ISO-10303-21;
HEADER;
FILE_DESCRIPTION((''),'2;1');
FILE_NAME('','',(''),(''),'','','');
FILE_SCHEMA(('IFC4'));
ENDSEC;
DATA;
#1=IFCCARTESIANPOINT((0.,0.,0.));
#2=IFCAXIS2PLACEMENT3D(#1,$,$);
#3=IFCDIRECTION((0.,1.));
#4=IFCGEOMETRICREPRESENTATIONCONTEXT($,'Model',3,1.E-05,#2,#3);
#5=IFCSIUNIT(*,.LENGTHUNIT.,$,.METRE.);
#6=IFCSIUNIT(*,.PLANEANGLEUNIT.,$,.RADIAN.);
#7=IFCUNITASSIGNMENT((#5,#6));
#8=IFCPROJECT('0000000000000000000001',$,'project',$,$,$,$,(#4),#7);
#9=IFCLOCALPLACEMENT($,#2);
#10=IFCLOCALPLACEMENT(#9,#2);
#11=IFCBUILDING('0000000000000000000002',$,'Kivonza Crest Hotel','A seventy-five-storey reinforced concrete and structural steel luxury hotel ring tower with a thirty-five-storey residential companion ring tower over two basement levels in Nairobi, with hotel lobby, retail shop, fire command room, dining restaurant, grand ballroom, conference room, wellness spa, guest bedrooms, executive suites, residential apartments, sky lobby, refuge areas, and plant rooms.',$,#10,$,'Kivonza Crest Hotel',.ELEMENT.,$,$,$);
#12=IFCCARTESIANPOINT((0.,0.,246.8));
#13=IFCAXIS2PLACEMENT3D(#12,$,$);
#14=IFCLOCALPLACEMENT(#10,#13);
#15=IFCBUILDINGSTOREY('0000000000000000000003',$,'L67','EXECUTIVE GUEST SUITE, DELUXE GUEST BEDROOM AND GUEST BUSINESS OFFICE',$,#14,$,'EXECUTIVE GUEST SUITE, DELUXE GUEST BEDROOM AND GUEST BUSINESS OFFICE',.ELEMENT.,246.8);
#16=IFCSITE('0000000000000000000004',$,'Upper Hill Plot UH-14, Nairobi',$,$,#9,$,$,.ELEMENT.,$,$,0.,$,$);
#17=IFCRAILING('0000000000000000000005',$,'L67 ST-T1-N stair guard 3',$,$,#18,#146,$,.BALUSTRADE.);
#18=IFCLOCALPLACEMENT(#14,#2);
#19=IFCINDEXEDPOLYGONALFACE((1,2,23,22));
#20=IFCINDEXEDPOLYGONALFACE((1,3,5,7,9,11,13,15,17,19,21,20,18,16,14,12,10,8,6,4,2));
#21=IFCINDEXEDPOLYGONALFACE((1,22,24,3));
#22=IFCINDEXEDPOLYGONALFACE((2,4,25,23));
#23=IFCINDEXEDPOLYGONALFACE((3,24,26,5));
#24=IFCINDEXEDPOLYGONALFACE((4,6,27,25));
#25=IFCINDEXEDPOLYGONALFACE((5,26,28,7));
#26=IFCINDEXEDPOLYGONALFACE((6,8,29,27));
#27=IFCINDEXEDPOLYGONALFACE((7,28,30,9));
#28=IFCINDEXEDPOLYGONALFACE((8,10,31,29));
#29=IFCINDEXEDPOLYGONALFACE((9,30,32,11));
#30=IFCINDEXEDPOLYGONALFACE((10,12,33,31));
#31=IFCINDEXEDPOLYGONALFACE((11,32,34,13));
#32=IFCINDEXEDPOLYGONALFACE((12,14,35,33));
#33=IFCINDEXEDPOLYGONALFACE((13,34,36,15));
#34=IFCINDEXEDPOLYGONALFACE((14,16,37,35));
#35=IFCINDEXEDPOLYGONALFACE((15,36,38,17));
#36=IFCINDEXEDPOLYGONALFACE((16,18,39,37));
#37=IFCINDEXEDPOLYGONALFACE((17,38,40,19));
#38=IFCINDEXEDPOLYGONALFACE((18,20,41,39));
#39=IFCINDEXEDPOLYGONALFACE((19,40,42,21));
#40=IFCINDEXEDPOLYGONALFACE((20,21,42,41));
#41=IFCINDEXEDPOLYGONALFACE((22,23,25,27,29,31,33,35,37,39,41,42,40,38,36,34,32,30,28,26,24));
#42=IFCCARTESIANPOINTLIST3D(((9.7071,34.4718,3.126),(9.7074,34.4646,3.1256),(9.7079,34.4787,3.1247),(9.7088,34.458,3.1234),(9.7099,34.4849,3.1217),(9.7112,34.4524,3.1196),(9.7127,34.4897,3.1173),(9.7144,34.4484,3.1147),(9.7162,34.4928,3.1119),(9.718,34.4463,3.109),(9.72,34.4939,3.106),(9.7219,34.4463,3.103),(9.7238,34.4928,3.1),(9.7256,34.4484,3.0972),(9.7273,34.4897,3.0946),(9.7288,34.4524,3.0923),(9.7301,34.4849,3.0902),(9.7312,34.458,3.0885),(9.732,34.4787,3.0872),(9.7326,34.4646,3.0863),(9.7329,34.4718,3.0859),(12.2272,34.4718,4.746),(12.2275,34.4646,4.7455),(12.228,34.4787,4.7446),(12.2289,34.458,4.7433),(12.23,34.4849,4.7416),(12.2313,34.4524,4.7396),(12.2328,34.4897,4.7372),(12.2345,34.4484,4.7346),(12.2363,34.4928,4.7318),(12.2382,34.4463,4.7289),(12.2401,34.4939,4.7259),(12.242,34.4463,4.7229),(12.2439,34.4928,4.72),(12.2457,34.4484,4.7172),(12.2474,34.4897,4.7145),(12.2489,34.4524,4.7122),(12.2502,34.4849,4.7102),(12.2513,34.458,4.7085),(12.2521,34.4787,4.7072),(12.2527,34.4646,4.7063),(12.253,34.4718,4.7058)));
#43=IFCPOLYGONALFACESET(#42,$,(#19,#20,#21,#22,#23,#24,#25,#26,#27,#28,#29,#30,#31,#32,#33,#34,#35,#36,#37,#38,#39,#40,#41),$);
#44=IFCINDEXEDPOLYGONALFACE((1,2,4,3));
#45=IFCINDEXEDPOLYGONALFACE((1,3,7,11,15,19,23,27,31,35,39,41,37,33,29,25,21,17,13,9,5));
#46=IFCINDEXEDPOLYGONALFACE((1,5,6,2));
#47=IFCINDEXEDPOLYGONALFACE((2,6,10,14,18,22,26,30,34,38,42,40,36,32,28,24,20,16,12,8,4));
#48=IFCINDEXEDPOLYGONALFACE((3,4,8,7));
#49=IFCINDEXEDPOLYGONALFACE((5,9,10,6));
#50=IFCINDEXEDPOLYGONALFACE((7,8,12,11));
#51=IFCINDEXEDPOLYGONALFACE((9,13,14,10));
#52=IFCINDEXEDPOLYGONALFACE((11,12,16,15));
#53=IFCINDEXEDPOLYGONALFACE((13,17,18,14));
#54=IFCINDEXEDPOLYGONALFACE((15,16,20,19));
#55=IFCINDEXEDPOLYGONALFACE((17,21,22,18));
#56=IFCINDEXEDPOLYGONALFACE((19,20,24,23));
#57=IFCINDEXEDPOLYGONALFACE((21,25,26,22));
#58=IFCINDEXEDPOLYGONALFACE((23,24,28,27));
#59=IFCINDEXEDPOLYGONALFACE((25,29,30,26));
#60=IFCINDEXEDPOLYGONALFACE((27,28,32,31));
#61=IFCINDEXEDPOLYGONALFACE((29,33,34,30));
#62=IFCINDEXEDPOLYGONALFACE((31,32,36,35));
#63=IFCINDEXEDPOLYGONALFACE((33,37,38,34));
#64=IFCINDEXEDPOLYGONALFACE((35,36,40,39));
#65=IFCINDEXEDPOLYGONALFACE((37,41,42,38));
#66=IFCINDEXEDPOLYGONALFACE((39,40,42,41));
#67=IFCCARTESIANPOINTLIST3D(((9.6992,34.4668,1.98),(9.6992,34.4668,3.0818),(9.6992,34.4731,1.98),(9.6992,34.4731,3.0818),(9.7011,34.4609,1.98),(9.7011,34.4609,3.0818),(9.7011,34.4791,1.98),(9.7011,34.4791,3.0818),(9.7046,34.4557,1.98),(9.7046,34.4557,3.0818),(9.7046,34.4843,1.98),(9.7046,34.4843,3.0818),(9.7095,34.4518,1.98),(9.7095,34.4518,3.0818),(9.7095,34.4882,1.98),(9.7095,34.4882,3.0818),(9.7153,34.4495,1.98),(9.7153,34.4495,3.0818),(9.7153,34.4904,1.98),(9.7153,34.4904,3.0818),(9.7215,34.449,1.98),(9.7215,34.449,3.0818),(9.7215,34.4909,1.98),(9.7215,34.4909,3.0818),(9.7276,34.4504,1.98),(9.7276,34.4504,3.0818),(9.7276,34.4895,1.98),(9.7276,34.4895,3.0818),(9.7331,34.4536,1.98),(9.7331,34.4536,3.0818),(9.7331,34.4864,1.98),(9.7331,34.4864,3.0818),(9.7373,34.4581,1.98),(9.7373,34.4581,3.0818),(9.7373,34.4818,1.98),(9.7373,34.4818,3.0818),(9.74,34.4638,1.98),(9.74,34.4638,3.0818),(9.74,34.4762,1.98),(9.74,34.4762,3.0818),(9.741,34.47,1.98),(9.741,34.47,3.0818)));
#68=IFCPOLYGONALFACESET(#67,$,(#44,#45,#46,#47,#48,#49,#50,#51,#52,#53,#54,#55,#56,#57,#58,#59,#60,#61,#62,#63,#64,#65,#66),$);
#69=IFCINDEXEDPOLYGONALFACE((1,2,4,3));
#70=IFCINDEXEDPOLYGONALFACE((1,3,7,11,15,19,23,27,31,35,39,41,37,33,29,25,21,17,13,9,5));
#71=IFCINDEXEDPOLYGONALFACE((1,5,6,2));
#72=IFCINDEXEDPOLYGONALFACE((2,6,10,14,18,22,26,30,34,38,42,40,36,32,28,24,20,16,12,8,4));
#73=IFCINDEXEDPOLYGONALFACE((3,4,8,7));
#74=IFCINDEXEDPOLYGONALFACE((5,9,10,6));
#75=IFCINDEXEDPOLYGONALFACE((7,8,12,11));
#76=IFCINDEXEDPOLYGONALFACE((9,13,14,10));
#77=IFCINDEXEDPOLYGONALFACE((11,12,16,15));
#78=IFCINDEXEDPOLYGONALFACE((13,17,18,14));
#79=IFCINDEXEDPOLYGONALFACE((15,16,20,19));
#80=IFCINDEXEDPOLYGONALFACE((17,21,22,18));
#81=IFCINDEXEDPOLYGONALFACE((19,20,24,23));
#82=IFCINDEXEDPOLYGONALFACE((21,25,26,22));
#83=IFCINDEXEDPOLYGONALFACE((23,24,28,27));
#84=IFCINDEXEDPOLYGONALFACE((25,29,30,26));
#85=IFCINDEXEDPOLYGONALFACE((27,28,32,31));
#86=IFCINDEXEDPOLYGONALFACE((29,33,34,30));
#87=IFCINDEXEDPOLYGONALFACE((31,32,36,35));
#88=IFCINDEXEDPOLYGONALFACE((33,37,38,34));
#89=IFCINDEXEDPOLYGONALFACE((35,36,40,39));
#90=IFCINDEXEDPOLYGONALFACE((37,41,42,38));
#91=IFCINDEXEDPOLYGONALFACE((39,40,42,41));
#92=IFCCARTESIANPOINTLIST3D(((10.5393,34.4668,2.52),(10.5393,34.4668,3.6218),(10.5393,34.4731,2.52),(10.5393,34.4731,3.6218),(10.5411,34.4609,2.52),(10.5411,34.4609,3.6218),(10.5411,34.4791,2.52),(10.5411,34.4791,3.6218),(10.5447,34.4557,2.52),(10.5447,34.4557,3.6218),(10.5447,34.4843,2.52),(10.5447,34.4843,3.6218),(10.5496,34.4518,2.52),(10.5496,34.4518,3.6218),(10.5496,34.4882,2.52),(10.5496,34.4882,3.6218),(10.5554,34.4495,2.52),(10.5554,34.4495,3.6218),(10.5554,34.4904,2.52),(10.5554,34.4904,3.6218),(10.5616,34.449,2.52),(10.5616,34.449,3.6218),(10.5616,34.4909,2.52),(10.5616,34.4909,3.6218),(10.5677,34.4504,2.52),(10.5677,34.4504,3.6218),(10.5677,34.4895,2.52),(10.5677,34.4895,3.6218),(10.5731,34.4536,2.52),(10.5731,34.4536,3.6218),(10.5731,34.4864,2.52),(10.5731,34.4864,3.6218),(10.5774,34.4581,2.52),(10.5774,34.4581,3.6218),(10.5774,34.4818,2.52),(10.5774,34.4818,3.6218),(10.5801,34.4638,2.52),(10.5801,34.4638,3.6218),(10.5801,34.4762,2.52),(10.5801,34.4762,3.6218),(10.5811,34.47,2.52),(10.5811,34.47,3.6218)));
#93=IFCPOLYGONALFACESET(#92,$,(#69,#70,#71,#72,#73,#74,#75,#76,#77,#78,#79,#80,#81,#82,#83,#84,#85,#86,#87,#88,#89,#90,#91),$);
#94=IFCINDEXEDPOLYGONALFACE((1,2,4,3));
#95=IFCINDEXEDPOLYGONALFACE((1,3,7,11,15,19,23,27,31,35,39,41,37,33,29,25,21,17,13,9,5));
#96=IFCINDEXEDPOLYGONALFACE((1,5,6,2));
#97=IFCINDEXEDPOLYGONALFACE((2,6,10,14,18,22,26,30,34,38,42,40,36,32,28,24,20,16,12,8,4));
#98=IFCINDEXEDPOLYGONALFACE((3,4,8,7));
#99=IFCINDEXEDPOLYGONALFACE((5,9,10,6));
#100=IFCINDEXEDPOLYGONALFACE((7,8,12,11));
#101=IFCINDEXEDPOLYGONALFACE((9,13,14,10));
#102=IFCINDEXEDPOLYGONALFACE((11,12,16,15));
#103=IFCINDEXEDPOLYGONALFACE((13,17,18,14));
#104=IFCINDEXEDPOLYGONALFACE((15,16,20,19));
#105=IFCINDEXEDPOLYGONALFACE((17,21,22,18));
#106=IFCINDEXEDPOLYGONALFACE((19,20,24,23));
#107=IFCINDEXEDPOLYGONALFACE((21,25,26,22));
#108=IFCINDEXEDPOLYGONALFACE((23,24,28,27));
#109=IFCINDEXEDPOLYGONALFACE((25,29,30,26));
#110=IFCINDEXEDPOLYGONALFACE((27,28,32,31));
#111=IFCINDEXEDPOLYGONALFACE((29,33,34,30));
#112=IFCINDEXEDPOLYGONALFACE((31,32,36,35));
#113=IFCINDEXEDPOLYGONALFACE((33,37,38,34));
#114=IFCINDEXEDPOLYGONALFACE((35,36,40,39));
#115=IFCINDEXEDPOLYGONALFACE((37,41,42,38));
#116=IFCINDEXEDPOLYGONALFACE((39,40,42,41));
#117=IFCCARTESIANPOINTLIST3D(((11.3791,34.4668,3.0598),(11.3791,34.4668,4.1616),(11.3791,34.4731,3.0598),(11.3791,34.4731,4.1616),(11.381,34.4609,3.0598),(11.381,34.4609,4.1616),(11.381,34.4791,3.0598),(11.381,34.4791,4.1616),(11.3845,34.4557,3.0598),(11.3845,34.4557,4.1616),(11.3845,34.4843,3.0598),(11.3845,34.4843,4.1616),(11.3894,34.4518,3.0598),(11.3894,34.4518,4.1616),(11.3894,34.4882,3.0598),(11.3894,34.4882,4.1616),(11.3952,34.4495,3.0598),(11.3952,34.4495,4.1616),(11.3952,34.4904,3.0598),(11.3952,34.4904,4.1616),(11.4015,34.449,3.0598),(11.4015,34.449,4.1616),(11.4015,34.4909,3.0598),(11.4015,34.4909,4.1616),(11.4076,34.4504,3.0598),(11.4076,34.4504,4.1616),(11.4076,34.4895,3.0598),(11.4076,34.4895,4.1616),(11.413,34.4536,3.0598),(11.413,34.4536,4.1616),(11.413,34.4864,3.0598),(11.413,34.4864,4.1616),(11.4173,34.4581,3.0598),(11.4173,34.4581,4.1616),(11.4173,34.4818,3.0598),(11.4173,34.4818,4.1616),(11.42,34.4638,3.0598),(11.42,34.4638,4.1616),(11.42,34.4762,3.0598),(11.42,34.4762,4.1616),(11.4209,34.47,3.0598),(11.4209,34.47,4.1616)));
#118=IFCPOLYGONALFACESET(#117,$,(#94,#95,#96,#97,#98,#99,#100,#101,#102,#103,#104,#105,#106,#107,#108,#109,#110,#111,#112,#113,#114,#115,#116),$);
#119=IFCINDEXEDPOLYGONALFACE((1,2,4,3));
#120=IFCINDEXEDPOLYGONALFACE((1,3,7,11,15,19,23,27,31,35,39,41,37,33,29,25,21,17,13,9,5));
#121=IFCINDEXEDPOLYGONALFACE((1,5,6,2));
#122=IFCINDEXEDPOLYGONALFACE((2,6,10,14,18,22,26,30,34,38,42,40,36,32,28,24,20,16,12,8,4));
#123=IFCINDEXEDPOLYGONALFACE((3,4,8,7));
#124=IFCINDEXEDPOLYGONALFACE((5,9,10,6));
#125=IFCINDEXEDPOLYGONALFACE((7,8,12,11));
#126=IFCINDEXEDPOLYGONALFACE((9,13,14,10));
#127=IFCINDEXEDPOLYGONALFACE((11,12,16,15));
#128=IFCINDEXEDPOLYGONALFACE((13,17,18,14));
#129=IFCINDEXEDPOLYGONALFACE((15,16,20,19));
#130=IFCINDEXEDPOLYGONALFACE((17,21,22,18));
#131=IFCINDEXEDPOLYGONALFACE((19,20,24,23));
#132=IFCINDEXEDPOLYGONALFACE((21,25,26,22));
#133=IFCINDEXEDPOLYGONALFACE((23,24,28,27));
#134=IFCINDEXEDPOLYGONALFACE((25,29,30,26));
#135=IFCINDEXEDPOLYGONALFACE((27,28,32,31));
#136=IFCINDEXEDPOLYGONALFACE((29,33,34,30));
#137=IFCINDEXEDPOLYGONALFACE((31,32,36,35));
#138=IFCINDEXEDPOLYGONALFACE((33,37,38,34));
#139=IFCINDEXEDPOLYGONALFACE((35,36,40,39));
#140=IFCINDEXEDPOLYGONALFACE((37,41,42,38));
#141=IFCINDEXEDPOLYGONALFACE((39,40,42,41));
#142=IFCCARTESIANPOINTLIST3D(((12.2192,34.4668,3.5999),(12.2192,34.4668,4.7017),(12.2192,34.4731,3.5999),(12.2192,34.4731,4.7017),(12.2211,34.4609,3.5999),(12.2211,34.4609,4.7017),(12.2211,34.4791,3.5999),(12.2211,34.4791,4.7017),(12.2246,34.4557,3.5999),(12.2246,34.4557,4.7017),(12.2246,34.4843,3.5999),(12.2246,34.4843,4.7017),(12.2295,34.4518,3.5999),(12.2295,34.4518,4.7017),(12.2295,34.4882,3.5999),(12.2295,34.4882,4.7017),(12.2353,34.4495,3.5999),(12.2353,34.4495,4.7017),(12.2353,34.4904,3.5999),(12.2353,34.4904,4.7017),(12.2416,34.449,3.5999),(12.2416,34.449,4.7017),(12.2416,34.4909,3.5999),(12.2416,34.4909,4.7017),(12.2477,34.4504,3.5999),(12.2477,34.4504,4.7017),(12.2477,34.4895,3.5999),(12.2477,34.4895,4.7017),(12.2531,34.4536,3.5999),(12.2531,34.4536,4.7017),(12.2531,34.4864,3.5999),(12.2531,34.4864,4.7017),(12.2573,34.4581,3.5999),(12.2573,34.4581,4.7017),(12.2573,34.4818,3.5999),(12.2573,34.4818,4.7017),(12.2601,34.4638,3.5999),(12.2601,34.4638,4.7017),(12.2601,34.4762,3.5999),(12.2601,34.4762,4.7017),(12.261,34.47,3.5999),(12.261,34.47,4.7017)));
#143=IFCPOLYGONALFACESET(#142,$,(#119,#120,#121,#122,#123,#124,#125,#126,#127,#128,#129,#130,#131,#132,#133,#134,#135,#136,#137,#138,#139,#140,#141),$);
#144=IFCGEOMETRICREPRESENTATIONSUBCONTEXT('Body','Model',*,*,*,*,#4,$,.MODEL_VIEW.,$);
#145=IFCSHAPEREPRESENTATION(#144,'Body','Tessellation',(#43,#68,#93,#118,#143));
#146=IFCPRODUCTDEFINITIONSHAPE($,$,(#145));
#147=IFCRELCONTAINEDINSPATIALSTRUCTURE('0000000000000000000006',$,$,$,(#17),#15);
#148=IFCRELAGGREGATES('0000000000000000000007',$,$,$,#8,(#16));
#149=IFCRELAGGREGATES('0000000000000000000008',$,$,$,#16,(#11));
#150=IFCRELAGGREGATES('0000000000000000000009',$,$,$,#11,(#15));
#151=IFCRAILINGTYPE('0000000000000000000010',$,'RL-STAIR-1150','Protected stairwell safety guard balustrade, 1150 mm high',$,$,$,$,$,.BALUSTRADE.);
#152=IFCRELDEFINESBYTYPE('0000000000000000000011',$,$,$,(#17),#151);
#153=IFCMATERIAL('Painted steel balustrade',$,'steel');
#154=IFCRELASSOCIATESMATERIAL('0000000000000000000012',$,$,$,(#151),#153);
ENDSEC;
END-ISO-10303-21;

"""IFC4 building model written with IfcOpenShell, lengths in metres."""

from ifc_helpers import new_model, si_unit, direction, frame, origin, origin_2d, place, context, subcontext, project, spatial, circle, extrude, material, type_object, element, save


model = new_model("IFC4")

# Units and contexts
model_context = context("Model", 3, precision=1e-05, world=origin(), true_north=direction((0.0, 1.0)))
body_context = subcontext(model_context, "Body", "Model", "MODEL_VIEW")
ifc_project = project(units=[si_unit("LENGTHUNIT", "METRE"), si_unit("PLANEANGLEUNIT", "RADIAN")], contexts=[model_context])

# Site, building, storey
site_placement = place(None, origin())
site = spatial("IfcSite", under=ifc_project, at=site_placement, Name="Upper Hill Plot UH-14, Nairobi", CompositionType="ELEMENT", RefElevation=0.0)
building_placement = place(site_placement, origin())
building = spatial("IfcBuilding", under=site, at=building_placement, Name="Kivonza Crest Hotel", Description="A seventy-five-storey reinforced concrete and structural steel luxury hotel ring tower with a thirty-five-storey residential companion ring tower over two basement levels in Nairobi, with hotel lobby, retail shop, fire command room, dining restaurant, grand ballroom, conference room, wellness spa, guest bedrooms, executive suites, residential apartments, sky lobby, refuge areas, and plant rooms.", LongName="Kivonza Crest Hotel", CompositionType="ELEMENT")
storey_placement = place(building_placement, frame((0.0, 0.0, 246.8)))
storey = spatial("IfcBuildingStorey", under=building, at=storey_placement, Name="L67", Description="EXECUTIVE GUEST SUITE, DELUXE GUEST BEDROOM AND GUEST BUSINESS OFFICE", LongName="EXECUTIVE GUEST SUITE, DELUXE GUEST BEDROOM AND GUEST BUSINESS OFFICE", CompositionType="ELEMENT", Elevation=246.8)

# Railing
ifc_material_1 = material(Name="Painted steel balustrade", Category="steel")
railing_type_1 = type_object("IfcRailingType", Name="RL-STAIR-1150", Description="Protected stairwell safety guard balustrade, 1150 mm high", PredefinedType="BALUSTRADE", material=ifc_material_1)
railing_1_placement = place(storey_placement, frame((9.72, 34.47, 1.98)))
element("IfcRailing", 1, at=railing_1_placement, inside=storey, type_object=railing_type_1, Name="L67 ST-T1-N stair guard 3", PredefinedType="BALUSTRADE", context=body_context, shape_type="SweptSolid", body=[
    extrude(circle(Radius=0.0239, at=origin_2d()), frame((0.0, 0.0, 1.126), z_axis=(0.8412, 0.0, 0.540725), x_axis=(0.0, 1.0, 0.0)), (0.0, 0.0, 1.0), 2.9958),
    extrude(circle(Radius=0.021, at=origin_2d()), origin(), (0.0, 0.0, 1.0), 1.1018),
    extrude(circle(Radius=0.021, at=origin_2d()), frame((0.8401, 0.0, 0.54)), (0.0, 0.0, 1.0), 1.1018),
    extrude(circle(Radius=0.021, at=origin_2d()), frame((1.6799, 0.0, 1.0798)), (0.0, 0.0, 1.0), 1.1018),
    extrude(circle(Radius=0.021, at=origin_2d()), frame((2.52, 0.0, 1.6199)), (0.0, 0.0, 1.0), 1.1018),
])

save(model, "model.ifc")
